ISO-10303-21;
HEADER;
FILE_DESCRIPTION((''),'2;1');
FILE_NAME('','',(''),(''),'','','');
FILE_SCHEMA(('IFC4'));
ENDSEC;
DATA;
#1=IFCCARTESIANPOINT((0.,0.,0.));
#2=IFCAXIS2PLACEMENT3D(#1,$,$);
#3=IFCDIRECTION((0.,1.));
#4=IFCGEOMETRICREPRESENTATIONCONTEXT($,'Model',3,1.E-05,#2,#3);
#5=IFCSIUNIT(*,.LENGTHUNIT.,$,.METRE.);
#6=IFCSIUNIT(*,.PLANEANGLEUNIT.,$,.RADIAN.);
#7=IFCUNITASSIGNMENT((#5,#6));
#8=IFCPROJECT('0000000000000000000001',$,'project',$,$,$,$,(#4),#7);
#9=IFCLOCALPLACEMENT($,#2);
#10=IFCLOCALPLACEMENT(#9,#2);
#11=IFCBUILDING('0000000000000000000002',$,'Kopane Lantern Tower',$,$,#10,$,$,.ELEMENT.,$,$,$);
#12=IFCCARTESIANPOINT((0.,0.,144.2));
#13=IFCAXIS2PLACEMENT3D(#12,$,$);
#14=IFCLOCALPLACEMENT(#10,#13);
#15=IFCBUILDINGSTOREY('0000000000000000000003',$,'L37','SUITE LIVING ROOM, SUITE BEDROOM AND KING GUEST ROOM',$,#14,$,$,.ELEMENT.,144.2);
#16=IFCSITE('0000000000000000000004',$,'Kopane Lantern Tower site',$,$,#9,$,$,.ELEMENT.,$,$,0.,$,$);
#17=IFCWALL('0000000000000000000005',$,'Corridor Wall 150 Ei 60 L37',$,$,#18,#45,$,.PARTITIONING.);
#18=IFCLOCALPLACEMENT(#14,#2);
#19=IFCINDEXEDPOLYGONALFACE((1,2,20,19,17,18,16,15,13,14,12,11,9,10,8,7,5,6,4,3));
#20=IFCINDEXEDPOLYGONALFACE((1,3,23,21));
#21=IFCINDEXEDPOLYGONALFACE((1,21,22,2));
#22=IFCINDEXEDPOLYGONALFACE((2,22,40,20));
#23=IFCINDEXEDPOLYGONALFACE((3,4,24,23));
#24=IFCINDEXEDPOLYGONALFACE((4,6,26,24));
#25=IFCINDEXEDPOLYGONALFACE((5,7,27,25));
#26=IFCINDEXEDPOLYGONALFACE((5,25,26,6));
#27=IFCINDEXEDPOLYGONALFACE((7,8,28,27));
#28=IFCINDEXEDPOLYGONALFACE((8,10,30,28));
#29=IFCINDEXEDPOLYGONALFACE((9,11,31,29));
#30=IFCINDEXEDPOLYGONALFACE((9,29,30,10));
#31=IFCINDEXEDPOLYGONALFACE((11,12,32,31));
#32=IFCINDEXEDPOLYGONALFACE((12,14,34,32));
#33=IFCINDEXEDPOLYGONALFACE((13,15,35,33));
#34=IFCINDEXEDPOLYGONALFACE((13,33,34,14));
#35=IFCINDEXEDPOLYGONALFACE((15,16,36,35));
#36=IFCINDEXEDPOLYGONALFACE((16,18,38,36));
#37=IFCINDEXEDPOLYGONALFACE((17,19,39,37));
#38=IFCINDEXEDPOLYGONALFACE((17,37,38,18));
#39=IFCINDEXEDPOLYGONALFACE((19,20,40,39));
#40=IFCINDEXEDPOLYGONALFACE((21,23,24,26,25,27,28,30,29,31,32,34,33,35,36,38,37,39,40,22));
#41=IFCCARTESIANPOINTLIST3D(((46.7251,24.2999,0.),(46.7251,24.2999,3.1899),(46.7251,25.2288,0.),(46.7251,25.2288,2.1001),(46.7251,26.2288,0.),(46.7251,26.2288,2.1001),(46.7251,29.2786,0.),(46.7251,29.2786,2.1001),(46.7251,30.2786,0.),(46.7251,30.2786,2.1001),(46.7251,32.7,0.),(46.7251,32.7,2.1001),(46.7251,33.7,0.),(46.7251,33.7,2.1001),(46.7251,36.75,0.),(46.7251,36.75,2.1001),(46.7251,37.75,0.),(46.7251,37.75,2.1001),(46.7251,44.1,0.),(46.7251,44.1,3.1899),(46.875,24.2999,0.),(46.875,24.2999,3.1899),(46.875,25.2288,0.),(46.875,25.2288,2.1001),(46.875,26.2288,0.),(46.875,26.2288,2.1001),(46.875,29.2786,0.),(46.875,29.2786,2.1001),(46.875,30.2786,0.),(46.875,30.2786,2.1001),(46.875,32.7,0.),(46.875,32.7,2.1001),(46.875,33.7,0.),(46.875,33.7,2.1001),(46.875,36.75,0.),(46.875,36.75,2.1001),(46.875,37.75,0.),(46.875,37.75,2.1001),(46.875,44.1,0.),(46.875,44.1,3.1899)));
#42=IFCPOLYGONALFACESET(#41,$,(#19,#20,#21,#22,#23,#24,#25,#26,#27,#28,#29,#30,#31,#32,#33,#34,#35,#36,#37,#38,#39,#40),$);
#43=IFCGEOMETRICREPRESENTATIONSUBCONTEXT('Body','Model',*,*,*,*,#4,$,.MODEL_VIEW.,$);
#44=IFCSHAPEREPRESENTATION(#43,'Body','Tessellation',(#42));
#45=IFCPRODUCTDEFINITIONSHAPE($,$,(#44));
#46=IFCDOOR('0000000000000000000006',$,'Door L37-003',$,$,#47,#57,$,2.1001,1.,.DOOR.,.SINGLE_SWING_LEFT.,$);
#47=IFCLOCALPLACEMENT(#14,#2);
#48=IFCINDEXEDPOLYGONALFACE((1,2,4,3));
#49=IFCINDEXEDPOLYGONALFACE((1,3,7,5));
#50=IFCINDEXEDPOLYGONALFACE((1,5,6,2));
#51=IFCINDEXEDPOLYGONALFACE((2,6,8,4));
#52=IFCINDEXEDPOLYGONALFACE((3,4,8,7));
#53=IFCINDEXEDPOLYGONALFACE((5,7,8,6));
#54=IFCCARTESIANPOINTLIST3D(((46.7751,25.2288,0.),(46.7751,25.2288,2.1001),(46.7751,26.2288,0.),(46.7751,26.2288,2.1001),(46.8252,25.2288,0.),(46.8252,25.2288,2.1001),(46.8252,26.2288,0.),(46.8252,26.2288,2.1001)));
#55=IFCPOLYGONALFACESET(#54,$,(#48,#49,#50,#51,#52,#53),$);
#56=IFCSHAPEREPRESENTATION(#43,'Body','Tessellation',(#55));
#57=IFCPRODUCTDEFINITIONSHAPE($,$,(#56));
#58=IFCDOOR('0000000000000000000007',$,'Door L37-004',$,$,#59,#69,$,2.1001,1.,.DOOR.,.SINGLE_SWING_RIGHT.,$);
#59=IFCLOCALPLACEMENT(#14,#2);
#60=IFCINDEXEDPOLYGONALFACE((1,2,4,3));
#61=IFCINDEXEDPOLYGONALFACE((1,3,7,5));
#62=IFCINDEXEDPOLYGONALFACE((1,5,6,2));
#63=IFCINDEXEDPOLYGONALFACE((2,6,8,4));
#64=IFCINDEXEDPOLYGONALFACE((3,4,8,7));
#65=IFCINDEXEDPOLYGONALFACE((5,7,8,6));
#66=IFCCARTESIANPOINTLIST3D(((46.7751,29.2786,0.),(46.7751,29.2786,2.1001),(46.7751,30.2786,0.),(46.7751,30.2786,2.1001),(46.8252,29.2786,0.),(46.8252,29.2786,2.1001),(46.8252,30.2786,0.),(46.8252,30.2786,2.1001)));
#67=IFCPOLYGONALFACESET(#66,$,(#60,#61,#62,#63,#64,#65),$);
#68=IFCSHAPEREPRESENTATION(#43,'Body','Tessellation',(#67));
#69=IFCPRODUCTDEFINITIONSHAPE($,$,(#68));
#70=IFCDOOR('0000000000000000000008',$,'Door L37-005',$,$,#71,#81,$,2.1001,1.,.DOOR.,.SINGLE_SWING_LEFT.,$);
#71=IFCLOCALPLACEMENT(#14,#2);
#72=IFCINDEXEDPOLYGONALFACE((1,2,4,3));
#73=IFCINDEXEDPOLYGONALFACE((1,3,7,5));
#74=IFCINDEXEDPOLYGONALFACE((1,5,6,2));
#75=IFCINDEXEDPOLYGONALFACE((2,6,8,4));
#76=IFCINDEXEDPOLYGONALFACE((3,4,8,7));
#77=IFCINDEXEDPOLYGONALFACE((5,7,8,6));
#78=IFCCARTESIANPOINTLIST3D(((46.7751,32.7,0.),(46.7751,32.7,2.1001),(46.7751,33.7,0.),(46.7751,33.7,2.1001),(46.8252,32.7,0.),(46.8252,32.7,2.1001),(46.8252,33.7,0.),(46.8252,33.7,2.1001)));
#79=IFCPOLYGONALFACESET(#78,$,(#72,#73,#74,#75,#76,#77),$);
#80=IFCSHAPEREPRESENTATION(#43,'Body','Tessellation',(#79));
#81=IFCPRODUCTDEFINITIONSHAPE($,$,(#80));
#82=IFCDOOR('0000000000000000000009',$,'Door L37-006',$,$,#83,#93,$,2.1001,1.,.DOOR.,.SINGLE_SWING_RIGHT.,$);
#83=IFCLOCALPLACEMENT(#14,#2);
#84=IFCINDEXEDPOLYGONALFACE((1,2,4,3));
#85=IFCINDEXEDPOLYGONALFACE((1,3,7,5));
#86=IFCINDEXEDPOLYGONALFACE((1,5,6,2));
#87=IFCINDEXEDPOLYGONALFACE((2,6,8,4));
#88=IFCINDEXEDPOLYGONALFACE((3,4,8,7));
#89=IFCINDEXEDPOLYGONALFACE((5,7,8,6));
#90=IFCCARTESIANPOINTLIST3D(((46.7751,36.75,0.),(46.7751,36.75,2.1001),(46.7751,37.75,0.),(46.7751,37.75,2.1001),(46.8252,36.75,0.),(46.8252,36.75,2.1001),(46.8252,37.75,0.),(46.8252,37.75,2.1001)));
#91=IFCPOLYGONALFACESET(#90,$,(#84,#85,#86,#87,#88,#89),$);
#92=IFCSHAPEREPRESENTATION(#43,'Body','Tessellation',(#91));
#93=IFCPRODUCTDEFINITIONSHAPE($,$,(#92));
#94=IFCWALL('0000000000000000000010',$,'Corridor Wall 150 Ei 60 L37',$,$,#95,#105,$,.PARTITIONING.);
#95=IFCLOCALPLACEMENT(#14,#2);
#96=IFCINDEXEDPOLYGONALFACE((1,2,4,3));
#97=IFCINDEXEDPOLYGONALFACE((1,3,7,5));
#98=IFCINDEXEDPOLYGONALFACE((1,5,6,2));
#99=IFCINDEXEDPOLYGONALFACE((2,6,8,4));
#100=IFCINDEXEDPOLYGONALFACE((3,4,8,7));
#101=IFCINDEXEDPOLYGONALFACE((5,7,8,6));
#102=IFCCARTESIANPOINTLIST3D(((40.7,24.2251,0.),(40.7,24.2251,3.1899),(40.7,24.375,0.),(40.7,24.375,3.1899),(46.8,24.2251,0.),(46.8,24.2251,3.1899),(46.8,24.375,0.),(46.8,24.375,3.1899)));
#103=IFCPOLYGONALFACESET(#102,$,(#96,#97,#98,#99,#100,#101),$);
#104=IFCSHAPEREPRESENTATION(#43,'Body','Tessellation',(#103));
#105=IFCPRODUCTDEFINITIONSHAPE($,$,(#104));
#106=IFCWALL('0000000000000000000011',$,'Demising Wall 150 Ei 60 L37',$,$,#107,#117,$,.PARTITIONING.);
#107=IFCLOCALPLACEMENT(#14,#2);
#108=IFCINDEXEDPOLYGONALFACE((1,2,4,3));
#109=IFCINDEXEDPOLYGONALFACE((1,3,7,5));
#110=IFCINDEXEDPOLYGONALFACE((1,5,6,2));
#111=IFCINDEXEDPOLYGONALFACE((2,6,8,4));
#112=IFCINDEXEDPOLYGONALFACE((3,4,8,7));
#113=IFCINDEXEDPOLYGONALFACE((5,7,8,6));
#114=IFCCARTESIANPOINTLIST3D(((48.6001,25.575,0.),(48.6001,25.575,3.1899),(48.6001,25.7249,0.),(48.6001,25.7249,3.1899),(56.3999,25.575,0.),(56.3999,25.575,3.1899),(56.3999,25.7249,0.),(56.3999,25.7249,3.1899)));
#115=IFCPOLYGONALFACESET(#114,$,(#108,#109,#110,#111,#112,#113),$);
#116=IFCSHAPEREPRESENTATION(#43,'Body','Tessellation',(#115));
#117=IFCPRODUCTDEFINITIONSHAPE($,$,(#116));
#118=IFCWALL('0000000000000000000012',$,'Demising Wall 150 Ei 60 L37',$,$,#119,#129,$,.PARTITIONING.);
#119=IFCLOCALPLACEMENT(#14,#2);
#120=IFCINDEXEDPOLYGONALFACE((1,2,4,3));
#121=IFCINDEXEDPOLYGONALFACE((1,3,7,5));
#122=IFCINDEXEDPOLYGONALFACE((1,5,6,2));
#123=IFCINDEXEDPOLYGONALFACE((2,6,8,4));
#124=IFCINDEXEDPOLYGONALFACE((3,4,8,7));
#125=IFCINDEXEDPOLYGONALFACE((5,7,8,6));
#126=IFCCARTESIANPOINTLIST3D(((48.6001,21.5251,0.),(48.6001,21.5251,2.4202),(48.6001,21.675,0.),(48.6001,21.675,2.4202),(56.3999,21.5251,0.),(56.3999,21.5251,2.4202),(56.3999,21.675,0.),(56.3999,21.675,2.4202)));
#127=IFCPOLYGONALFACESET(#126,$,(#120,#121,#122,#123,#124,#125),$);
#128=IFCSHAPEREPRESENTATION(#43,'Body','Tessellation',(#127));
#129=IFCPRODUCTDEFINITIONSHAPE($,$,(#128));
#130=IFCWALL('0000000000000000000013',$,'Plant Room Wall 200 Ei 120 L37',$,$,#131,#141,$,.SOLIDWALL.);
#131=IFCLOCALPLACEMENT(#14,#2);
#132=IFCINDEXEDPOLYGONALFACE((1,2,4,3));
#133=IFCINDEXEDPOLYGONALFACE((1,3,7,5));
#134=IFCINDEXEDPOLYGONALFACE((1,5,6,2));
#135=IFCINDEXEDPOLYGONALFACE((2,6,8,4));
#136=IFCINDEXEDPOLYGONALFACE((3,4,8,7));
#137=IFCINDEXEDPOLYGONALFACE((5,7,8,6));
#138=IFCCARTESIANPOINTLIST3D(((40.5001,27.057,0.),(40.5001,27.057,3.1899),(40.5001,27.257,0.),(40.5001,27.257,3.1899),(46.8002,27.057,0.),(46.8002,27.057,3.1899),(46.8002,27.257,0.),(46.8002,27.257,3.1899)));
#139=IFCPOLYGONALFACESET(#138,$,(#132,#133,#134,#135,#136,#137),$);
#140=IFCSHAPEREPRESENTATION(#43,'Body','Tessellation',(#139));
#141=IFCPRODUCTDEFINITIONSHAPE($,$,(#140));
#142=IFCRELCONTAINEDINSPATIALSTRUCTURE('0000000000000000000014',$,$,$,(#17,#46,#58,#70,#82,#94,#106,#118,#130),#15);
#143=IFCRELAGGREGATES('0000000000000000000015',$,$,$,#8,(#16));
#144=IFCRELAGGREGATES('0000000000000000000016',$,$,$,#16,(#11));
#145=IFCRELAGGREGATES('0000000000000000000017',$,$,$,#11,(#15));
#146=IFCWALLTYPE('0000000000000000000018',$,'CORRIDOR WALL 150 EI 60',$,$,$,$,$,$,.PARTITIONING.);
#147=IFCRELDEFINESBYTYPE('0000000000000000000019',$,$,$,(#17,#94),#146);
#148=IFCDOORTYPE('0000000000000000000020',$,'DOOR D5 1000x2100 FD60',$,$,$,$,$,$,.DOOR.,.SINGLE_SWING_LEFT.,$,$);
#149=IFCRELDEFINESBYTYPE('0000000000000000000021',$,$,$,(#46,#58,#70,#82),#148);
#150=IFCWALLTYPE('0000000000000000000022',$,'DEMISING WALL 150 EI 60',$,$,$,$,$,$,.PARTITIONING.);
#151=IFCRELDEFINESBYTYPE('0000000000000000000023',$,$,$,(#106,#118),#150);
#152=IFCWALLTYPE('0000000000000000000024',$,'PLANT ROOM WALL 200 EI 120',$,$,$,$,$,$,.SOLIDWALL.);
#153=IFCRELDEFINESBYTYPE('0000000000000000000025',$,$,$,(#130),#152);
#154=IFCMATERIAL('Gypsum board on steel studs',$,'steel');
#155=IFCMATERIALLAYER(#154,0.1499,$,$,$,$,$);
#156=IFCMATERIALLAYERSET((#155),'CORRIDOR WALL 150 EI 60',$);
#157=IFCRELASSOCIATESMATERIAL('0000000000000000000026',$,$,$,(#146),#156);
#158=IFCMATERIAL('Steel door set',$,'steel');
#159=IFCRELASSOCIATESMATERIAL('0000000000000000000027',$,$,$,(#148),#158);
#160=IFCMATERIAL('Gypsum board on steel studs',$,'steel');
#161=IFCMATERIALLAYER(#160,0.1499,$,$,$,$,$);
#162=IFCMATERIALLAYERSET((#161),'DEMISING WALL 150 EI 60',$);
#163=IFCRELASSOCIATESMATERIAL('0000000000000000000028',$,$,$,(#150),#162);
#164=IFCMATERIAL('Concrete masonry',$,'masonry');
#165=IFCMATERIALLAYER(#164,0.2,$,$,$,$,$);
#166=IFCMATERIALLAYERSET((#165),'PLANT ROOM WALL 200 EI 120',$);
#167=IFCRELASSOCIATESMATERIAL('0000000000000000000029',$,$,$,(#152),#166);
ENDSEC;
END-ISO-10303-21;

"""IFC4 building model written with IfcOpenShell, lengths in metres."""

from ifc_helpers import new_model, si_unit, direction, frame, frame_2d, origin, place, context, subcontext, project, spatial, rectangle, extrude, material, layer, layer_set, type_object, element, fill, save


model = new_model("IFC4")

# Units and contexts
model_context = context("Model", 3, precision=1e-05, world=origin(), true_north=direction((0.0, 1.0)))
body_context = subcontext(model_context, "Body", "Model", "MODEL_VIEW")
ifc_project = project(units=[si_unit("LENGTHUNIT", "METRE"), si_unit("PLANEANGLEUNIT", "RADIAN")], contexts=[model_context])

# Site, building, storey
site_placement = place(None, origin())
site = spatial("IfcSite", under=ifc_project, at=site_placement, Name="Kopane Lantern Tower site", CompositionType="ELEMENT", RefElevation=0.0)
building_placement = place(site_placement, origin())
building = spatial("IfcBuilding", under=site, at=building_placement, Name="Kopane Lantern Tower", CompositionType="ELEMENT")
storey_placement = place(building_placement, frame((0.0, 0.0, 144.2)))
storey = spatial("IfcBuildingStorey", under=building, at=storey_placement, Name="L37", Description="SUITE LIVING ROOM, SUITE BEDROOM AND KING GUEST ROOM", CompositionType="ELEMENT", Elevation=144.2)

# Wall, openings, doors
ifc_material_1 = material(Name="Gypsum board on steel studs", Category="steel")
ifc_layer_1 = layer(ifc_material_1, 0.1499)
ifc_layer_set_1 = layer_set([ifc_layer_1], Name="CORRIDOR WALL 150 EI 60")
wall_type_1 = type_object("IfcWallType", Name="CORRIDOR WALL 150 EI 60", PredefinedType="PARTITIONING", material=ifc_layer_set_1)
wall_1_placement = place(storey_placement, frame((46.8, 24.3, 0.0), z_axis=(0.0, 0.0, 1.0), x_axis=(0.0, 1.0, 0.0)))
wall_1 = element("IfcWall", 1, at=wall_1_placement, inside=storey, type_object=wall_type_1, Name="Corridor Wall 150 Ei 60 L37", PredefinedType="PARTITIONING", context=body_context, shape_type="SweptSolid", body=[
    extrude(rectangle(XDim=19.8, YDim=0.1499, at=frame_2d((9.8999, 0.0))), origin(), (0.0, 0.0, 1.0), 3.1899),
])
opening_1_placement = place(wall_1_placement, frame((0.9287, 0.0, 0.0)))
opening_1 = element("IfcOpeningElement", 2, at=opening_1_placement, cuts=wall_1, PredefinedType="OPENING", context=body_context, shape_type="SweptSolid", body=[
    extrude(rectangle(XDim=1.0, YDim=2.1001, at=frame_2d((0.5, 1.05))), frame((0.0, 0.085, 0.0), z_axis=(0.0, -1.0, 0.0), x_axis=(1.0, 0.0, 0.0)), (0.0, 0.0, 1.0), 0.1699),
])
opening_2_placement = place(wall_1_placement, frame((4.9785, 0.0, 0.0)))
opening_2 = element("IfcOpeningElement", 3, at=opening_2_placement, cuts=wall_1, PredefinedType="OPENING", context=body_context, shape_type="SweptSolid", body=[
    extrude(rectangle(XDim=1.0, YDim=2.1001, at=frame_2d((0.5, 1.05))), frame((0.0, 0.085, 0.0), z_axis=(0.0, -1.0, 0.0), x_axis=(1.0, 0.0, 0.0)), (0.0, 0.0, 1.0), 0.1699),
])
opening_3_placement = place(wall_1_placement, frame((8.3999, 0.0, 0.0)))
opening_3 = element("IfcOpeningElement", 4, at=opening_3_placement, cuts=wall_1, PredefinedType="OPENING", context=body_context, shape_type="SweptSolid", body=[
    extrude(rectangle(XDim=1.0, YDim=2.1001, at=frame_2d((0.5, 1.05))), frame((0.0, 0.085, 0.0), z_axis=(0.0, -1.0, 0.0), x_axis=(1.0, 0.0, 0.0)), (0.0, 0.0, 1.0), 0.1699),
])
opening_4_placement = place(wall_1_placement, frame((12.45, 0.0, 0.0)))
opening_4 = element("IfcOpeningElement", 5, at=opening_4_placement, cuts=wall_1, PredefinedType="OPENING", context=body_context, shape_type="SweptSolid", body=[
    extrude(rectangle(XDim=1.0, YDim=2.1001, at=frame_2d((0.5, 1.05))), frame((0.0, 0.085, 0.0), z_axis=(0.0, -1.0, 0.0), x_axis=(1.0, 0.0, 0.0)), (0.0, 0.0, 1.0), 0.1699),
])
ifc_material_2 = material(Name="Steel door set", Category="steel")
door_type_1 = type_object("IfcDoorType", Name="DOOR D5 1000x2100 FD60", OperationType="SINGLE_SWING_LEFT", PredefinedType="DOOR", material=ifc_material_2)
door_1_placement = place(opening_1_placement, origin())
door_1 = element("IfcDoor", 6, at=door_1_placement, inside=storey, type_object=door_type_1, Name="Door L37-003", OperationType="SINGLE_SWING_LEFT", OverallHeight=2.1001, OverallWidth=1.0, PredefinedType="DOOR", context=body_context, shape_type="SweptSolid", body=[
    extrude(rectangle(XDim=1.0, YDim=2.1001, at=frame_2d((0.5, 1.05))), frame((0.0, 0.0249, 0.0), z_axis=(0.0, -1.0, 0.0), x_axis=(1.0, 0.0, 0.0)), (0.0, 0.0, 1.0), 0.05),
])
fill(opening_1, door_1)
door_2_placement = place(opening_2_placement, origin())
door_2 = element("IfcDoor", 7, at=door_2_placement, inside=storey, type_object=door_type_1, Name="Door L37-004", OperationType="SINGLE_SWING_RIGHT", OverallHeight=2.1001, OverallWidth=1.0, PredefinedType="DOOR", context=body_context, shape_type="SweptSolid", body=[
    extrude(rectangle(XDim=1.0, YDim=2.1001, at=frame_2d((0.5, 1.05))), frame((0.0, 0.0249, 0.0), z_axis=(0.0, -1.0, 0.0), x_axis=(1.0, 0.0, 0.0)), (0.0, 0.0, 1.0), 0.05),
])
fill(opening_2, door_2)
door_3_placement = place(opening_3_placement, origin())
door_3 = element("IfcDoor", 8, at=door_3_placement, inside=storey, type_object=door_type_1, Name="Door L37-005", OperationType="SINGLE_SWING_LEFT", OverallHeight=2.1001, OverallWidth=1.0, PredefinedType="DOOR", context=body_context, shape_type="SweptSolid", body=[
    extrude(rectangle(XDim=1.0, YDim=2.1001, at=frame_2d((0.5, 1.05))), frame((0.0, 0.0249, 0.0), z_axis=(0.0, -1.0, 0.0), x_axis=(1.0, 0.0, 0.0)), (0.0, 0.0, 1.0), 0.05),
])
fill(opening_3, door_3)
door_4_placement = place(opening_4_placement, origin())
door_4 = element("IfcDoor", 9, at=door_4_placement, inside=storey, type_object=door_type_1, Name="Door L37-006", OperationType="SINGLE_SWING_RIGHT", OverallHeight=2.1001, OverallWidth=1.0, PredefinedType="DOOR", context=body_context, shape_type="SweptSolid", body=[
    extrude(rectangle(XDim=1.0, YDim=2.1001, at=frame_2d((0.5, 1.05))), frame((0.0, 0.0249, 0.0), z_axis=(0.0, -1.0, 0.0), x_axis=(1.0, 0.0, 0.0)), (0.0, 0.0, 1.0), 0.05),
])
fill(opening_4, door_4)

# Walls
wall_2_placement = place(storey_placement, frame((40.7, 24.3, 0.0), z_axis=(0.0, 0.0, 1.0), x_axis=(1.0, 0.0, 0.0)))
element("IfcWall", 10, at=wall_2_placement, inside=storey, type_object=wall_type_1, Name="Corridor Wall 150 Ei 60 L37", PredefinedType="PARTITIONING", context=body_context, shape_type="SweptSolid", body=[
    extrude(rectangle(XDim=6.1001, YDim=0.1499, at=frame_2d((3.05, 0.0))), origin(), (0.0, 0.0, 1.0), 3.1899),
])
ifc_material_3 = material(Name="Gypsum board on steel studs", Category="steel")
ifc_layer_2 = layer(ifc_material_3, 0.1499)
ifc_layer_set_2 = layer_set([ifc_layer_2], Name="DEMISING WALL 150 EI 60")
wall_type_2 = type_object("IfcWallType", Name="DEMISING WALL 150 EI 60", PredefinedType="PARTITIONING", material=ifc_layer_set_2)
wall_3_placement = place(storey_placement, frame((48.6001, 25.6499, 0.0), z_axis=(0.0, 0.0, 1.0), x_axis=(1.0, 0.0, 0.0)))
element("IfcWall", 11, at=wall_3_placement, inside=storey, type_object=wall_type_2, Name="Demising Wall 150 Ei 60 L37", PredefinedType="PARTITIONING", context=body_context, shape_type="SweptSolid", body=[
    extrude(rectangle(XDim=7.7998, YDim=0.1499, at=frame_2d((3.8999, 0.0))), origin(), (0.0, 0.0, 1.0), 3.1899),
])
wall_4_placement = place(storey_placement, frame((48.6001, 21.6001, 0.0), z_axis=(0.0, 0.0, 1.0), x_axis=(1.0, 0.0, 0.0)))
element("IfcWall", 12, at=wall_4_placement, inside=storey, type_object=wall_type_2, Name="Demising Wall 150 Ei 60 L37", PredefinedType="PARTITIONING", context=body_context, shape_type="SweptSolid", body=[
    extrude(rectangle(XDim=7.7998, YDim=0.1499, at=frame_2d((3.8999, 0.0))), origin(), (0.0, 0.0, 1.0), 2.4202),
])
ifc_material_4 = material(Name="Concrete masonry", Category="masonry")
ifc_layer_3 = layer(ifc_material_4, 0.2)
ifc_layer_set_3 = layer_set([ifc_layer_3], Name="PLANT ROOM WALL 200 EI 120")
wall_type_3 = type_object("IfcWallType", Name="PLANT ROOM WALL 200 EI 120", PredefinedType="SOLIDWALL", material=ifc_layer_set_3)
wall_5_placement = place(storey_placement, frame((46.8, 27.157, 0.0), z_axis=(0.0, 0.0, 1.0), x_axis=(-1.0, 0.0, 0.0)))
element("IfcWall", 13, at=wall_5_placement, inside=storey, type_object=wall_type_3, Name="Plant Room Wall 200 Ei 120 L37", PredefinedType="SOLIDWALL", context=body_context, shape_type="SweptSolid", body=[
    extrude(rectangle(XDim=6.3, YDim=0.2, at=frame_2d((3.1499, 0.0))), origin(), (0.0, 0.0, 1.0), 3.1899),
])

save(model, "model.ifc")
